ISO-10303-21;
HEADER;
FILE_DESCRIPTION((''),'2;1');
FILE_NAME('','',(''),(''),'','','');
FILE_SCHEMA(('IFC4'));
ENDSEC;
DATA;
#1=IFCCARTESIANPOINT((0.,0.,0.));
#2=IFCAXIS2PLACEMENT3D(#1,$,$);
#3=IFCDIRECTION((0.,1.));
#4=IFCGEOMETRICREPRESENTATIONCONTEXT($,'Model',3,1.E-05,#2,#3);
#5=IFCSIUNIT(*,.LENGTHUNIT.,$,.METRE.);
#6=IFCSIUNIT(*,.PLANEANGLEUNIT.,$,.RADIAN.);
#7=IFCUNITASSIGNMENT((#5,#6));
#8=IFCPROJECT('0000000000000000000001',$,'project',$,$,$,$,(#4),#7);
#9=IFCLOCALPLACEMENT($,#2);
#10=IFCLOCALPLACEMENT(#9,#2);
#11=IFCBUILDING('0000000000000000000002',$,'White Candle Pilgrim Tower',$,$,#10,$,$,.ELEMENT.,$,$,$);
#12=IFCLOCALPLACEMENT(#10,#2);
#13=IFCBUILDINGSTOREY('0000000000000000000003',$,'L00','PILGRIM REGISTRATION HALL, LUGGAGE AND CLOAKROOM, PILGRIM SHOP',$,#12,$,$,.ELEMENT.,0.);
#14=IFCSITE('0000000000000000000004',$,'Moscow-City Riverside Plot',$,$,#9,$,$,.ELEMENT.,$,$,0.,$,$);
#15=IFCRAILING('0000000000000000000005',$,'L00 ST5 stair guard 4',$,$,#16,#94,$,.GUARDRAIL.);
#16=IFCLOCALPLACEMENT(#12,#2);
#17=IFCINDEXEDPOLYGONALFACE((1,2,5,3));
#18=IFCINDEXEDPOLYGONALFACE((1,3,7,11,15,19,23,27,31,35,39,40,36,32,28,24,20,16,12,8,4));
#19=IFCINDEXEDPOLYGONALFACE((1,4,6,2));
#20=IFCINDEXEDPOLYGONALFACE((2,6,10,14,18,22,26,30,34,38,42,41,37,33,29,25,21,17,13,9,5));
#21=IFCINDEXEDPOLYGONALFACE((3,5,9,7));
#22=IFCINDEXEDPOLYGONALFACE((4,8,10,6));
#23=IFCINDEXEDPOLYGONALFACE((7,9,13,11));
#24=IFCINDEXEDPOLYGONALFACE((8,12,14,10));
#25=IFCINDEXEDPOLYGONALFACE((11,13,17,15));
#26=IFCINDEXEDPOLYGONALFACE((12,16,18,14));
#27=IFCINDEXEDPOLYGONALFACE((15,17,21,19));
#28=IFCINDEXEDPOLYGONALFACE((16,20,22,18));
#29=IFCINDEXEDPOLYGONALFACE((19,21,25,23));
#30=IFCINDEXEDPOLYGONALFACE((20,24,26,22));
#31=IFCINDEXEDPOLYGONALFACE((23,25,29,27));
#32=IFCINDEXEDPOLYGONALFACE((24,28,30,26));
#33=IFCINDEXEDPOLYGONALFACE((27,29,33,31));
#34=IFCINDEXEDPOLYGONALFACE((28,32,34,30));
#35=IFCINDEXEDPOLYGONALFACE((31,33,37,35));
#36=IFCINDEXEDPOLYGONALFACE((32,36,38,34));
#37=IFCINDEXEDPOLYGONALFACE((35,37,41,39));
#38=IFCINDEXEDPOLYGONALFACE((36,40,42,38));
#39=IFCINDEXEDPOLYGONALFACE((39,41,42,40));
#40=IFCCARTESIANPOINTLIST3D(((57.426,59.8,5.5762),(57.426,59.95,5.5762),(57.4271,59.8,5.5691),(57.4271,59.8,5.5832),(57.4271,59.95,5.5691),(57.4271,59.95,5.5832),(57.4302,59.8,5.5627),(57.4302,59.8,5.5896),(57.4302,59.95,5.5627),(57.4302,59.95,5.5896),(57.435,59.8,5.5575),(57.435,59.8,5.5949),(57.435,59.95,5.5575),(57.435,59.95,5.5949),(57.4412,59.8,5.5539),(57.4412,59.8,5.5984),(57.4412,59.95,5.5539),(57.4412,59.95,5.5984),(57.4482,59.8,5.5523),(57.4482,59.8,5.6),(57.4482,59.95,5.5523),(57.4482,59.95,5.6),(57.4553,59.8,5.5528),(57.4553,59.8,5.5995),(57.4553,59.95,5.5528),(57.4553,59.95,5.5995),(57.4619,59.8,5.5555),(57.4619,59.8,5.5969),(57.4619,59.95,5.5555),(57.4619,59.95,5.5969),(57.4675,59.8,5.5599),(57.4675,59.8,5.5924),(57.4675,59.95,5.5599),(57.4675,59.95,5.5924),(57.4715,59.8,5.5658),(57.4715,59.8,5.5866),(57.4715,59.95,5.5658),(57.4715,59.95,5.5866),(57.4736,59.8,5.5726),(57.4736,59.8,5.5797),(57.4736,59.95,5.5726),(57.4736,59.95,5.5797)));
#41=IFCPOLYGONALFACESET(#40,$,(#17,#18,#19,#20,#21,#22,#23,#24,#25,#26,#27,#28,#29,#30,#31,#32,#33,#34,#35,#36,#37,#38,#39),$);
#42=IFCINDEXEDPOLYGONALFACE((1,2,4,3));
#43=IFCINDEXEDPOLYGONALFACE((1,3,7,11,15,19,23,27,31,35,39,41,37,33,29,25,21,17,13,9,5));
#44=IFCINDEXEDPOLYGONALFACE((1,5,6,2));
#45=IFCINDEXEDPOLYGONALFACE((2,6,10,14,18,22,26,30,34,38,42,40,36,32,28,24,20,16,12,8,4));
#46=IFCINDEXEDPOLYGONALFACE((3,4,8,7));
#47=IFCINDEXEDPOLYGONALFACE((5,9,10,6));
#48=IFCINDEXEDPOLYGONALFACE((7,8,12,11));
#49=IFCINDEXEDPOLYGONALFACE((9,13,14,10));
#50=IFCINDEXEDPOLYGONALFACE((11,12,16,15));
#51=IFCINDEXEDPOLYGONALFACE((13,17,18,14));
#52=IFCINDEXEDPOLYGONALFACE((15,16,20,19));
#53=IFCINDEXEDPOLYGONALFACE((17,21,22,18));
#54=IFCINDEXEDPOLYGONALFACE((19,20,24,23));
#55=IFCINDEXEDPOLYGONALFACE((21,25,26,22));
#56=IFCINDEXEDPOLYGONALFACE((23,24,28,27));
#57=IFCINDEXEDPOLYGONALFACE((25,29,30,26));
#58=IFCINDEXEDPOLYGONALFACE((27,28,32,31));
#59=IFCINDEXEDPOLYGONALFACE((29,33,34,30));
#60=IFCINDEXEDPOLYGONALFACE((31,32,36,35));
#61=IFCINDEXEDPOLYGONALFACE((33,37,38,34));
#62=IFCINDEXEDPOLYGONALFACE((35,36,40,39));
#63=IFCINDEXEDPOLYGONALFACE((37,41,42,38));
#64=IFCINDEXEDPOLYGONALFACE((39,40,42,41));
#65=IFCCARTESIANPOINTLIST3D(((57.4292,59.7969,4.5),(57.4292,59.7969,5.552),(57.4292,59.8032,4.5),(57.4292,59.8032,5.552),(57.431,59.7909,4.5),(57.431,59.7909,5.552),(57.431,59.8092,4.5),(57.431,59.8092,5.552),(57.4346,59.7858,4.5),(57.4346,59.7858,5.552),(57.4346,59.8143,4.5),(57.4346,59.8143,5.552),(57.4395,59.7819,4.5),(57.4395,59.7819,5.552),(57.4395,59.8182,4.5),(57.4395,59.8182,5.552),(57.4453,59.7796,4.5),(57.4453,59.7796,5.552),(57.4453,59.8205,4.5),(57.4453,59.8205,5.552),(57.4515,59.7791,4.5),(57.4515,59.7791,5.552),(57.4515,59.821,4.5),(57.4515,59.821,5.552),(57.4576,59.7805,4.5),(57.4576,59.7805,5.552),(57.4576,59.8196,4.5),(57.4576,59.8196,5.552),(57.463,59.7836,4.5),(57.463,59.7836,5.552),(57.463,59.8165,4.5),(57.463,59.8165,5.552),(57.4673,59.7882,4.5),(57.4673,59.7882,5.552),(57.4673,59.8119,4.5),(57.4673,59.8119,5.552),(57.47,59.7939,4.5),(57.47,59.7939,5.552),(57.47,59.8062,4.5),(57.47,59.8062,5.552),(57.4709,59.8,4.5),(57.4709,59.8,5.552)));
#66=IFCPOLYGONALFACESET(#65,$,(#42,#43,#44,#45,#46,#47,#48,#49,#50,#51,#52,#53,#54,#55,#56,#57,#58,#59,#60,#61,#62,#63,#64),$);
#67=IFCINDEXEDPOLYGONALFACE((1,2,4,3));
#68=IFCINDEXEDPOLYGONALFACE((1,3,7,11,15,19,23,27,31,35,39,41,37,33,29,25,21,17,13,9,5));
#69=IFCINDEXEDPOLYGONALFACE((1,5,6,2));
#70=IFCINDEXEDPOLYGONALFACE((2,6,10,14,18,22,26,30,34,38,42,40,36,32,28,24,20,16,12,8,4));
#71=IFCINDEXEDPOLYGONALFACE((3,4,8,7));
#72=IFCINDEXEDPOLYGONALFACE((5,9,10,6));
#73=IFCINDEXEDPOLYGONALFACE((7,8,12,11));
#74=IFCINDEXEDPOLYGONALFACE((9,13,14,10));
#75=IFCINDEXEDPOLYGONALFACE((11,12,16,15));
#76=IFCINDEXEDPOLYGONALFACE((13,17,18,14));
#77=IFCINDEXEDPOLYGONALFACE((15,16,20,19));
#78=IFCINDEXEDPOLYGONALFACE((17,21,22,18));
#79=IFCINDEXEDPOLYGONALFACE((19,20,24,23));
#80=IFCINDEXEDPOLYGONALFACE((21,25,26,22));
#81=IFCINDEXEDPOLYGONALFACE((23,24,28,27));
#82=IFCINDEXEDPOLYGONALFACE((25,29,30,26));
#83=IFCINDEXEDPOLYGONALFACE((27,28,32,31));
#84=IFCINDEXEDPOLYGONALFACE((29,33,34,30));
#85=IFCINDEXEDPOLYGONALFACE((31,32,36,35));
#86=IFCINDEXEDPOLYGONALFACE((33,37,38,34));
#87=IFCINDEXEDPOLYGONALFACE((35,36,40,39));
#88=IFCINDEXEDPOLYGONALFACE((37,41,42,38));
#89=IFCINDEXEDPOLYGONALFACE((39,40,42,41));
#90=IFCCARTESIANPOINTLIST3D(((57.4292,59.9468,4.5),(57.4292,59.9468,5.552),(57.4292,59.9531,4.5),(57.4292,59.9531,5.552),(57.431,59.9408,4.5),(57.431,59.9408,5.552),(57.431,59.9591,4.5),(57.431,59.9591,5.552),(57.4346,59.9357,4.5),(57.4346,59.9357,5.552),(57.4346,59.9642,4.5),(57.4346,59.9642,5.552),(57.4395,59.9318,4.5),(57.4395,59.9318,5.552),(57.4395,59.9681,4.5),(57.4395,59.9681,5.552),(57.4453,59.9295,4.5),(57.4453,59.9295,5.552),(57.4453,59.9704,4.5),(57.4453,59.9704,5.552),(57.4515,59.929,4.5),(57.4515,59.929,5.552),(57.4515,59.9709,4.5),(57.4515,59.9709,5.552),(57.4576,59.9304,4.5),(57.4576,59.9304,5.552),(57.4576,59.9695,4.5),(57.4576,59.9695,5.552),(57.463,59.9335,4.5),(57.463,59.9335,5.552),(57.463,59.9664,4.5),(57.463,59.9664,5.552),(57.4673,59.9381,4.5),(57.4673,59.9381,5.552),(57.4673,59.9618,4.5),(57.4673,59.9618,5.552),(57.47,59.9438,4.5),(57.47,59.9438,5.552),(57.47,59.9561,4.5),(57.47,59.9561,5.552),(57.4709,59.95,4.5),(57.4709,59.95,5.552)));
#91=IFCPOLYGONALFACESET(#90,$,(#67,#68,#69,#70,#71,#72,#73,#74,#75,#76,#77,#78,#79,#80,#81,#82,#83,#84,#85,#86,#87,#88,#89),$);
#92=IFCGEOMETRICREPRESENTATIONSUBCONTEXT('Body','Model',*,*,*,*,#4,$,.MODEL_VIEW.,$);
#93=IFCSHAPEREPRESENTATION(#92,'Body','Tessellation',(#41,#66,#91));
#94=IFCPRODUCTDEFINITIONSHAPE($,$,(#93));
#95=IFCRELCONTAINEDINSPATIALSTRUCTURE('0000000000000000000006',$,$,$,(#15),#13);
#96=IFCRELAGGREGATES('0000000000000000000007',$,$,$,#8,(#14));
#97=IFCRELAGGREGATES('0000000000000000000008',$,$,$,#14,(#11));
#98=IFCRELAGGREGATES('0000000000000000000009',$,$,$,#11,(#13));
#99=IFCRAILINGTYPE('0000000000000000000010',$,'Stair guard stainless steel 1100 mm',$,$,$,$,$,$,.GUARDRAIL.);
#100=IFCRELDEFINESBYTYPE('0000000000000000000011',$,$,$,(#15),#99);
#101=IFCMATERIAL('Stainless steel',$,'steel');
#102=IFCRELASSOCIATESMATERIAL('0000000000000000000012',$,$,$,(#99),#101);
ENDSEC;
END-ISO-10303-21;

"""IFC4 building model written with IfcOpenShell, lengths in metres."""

from ifc_helpers import new_model, si_unit, direction, frame, origin, origin_2d, place, context, subcontext, project, spatial, circle, extrude, material, type_object, element, save


model = new_model("IFC4")

# Units and contexts
model_context = context("Model", 3, precision=1e-05, world=origin(), true_north=direction((0.0, 1.0)))
body_context = subcontext(model_context, "Body", "Model", "MODEL_VIEW")
ifc_project = project(units=[si_unit("LENGTHUNIT", "METRE"), si_unit("PLANEANGLEUNIT", "RADIAN")], contexts=[model_context])

# Site, building, storey
site_placement = place(None, origin())
site = spatial("IfcSite", under=ifc_project, at=site_placement, Name="Moscow-City Riverside Plot", CompositionType="ELEMENT", RefElevation=0.0)
building_placement = place(site_placement, origin())
building = spatial("IfcBuilding", under=site, at=building_placement, Name="White Candle Pilgrim Tower", CompositionType="ELEMENT")
storey_placement = place(building_placement, origin())
storey = spatial("IfcBuildingStorey", under=building, at=storey_placement, Name="L00", Description="PILGRIM REGISTRATION HALL, LUGGAGE AND CLOAKROOM, PILGRIM SHOP", CompositionType="ELEMENT", Elevation=0.0)

# Railing
ifc_material_1 = material(Name="Stainless steel", Category="steel")
railing_type_1 = type_object("IfcRailingType", Name="Stair guard stainless steel 1100 mm", PredefinedType="GUARDRAIL", material=ifc_material_1)
railing_1_placement = place(storey_placement, frame((57.45, 59.8, 4.5)))
element("IfcRailing", 1, at=railing_1_placement, inside=storey, type_object=railing_type_1, Name="L00 ST5 stair guard 4", PredefinedType="GUARDRAIL", context=body_context, shape_type="SweptSolid", body=[
    extrude(circle(Radius=0.0239, at=origin_2d()), frame((0.0, 0.0, 1.0762), z_axis=(0.0, 1.0, 0.0), x_axis=(-1.0, 0.0, 0.0)), (0.0, 0.0, 1.0), 0.1499),
    extrude(circle(Radius=0.021, at=origin_2d()), origin(), (0.0, 0.0, 1.0), 1.052),
    extrude(circle(Radius=0.021, at=origin_2d()), frame((0.0, 0.1499, 0.0)), (0.0, 0.0, 1.0), 1.052),
])

save(model, "model.ifc")
